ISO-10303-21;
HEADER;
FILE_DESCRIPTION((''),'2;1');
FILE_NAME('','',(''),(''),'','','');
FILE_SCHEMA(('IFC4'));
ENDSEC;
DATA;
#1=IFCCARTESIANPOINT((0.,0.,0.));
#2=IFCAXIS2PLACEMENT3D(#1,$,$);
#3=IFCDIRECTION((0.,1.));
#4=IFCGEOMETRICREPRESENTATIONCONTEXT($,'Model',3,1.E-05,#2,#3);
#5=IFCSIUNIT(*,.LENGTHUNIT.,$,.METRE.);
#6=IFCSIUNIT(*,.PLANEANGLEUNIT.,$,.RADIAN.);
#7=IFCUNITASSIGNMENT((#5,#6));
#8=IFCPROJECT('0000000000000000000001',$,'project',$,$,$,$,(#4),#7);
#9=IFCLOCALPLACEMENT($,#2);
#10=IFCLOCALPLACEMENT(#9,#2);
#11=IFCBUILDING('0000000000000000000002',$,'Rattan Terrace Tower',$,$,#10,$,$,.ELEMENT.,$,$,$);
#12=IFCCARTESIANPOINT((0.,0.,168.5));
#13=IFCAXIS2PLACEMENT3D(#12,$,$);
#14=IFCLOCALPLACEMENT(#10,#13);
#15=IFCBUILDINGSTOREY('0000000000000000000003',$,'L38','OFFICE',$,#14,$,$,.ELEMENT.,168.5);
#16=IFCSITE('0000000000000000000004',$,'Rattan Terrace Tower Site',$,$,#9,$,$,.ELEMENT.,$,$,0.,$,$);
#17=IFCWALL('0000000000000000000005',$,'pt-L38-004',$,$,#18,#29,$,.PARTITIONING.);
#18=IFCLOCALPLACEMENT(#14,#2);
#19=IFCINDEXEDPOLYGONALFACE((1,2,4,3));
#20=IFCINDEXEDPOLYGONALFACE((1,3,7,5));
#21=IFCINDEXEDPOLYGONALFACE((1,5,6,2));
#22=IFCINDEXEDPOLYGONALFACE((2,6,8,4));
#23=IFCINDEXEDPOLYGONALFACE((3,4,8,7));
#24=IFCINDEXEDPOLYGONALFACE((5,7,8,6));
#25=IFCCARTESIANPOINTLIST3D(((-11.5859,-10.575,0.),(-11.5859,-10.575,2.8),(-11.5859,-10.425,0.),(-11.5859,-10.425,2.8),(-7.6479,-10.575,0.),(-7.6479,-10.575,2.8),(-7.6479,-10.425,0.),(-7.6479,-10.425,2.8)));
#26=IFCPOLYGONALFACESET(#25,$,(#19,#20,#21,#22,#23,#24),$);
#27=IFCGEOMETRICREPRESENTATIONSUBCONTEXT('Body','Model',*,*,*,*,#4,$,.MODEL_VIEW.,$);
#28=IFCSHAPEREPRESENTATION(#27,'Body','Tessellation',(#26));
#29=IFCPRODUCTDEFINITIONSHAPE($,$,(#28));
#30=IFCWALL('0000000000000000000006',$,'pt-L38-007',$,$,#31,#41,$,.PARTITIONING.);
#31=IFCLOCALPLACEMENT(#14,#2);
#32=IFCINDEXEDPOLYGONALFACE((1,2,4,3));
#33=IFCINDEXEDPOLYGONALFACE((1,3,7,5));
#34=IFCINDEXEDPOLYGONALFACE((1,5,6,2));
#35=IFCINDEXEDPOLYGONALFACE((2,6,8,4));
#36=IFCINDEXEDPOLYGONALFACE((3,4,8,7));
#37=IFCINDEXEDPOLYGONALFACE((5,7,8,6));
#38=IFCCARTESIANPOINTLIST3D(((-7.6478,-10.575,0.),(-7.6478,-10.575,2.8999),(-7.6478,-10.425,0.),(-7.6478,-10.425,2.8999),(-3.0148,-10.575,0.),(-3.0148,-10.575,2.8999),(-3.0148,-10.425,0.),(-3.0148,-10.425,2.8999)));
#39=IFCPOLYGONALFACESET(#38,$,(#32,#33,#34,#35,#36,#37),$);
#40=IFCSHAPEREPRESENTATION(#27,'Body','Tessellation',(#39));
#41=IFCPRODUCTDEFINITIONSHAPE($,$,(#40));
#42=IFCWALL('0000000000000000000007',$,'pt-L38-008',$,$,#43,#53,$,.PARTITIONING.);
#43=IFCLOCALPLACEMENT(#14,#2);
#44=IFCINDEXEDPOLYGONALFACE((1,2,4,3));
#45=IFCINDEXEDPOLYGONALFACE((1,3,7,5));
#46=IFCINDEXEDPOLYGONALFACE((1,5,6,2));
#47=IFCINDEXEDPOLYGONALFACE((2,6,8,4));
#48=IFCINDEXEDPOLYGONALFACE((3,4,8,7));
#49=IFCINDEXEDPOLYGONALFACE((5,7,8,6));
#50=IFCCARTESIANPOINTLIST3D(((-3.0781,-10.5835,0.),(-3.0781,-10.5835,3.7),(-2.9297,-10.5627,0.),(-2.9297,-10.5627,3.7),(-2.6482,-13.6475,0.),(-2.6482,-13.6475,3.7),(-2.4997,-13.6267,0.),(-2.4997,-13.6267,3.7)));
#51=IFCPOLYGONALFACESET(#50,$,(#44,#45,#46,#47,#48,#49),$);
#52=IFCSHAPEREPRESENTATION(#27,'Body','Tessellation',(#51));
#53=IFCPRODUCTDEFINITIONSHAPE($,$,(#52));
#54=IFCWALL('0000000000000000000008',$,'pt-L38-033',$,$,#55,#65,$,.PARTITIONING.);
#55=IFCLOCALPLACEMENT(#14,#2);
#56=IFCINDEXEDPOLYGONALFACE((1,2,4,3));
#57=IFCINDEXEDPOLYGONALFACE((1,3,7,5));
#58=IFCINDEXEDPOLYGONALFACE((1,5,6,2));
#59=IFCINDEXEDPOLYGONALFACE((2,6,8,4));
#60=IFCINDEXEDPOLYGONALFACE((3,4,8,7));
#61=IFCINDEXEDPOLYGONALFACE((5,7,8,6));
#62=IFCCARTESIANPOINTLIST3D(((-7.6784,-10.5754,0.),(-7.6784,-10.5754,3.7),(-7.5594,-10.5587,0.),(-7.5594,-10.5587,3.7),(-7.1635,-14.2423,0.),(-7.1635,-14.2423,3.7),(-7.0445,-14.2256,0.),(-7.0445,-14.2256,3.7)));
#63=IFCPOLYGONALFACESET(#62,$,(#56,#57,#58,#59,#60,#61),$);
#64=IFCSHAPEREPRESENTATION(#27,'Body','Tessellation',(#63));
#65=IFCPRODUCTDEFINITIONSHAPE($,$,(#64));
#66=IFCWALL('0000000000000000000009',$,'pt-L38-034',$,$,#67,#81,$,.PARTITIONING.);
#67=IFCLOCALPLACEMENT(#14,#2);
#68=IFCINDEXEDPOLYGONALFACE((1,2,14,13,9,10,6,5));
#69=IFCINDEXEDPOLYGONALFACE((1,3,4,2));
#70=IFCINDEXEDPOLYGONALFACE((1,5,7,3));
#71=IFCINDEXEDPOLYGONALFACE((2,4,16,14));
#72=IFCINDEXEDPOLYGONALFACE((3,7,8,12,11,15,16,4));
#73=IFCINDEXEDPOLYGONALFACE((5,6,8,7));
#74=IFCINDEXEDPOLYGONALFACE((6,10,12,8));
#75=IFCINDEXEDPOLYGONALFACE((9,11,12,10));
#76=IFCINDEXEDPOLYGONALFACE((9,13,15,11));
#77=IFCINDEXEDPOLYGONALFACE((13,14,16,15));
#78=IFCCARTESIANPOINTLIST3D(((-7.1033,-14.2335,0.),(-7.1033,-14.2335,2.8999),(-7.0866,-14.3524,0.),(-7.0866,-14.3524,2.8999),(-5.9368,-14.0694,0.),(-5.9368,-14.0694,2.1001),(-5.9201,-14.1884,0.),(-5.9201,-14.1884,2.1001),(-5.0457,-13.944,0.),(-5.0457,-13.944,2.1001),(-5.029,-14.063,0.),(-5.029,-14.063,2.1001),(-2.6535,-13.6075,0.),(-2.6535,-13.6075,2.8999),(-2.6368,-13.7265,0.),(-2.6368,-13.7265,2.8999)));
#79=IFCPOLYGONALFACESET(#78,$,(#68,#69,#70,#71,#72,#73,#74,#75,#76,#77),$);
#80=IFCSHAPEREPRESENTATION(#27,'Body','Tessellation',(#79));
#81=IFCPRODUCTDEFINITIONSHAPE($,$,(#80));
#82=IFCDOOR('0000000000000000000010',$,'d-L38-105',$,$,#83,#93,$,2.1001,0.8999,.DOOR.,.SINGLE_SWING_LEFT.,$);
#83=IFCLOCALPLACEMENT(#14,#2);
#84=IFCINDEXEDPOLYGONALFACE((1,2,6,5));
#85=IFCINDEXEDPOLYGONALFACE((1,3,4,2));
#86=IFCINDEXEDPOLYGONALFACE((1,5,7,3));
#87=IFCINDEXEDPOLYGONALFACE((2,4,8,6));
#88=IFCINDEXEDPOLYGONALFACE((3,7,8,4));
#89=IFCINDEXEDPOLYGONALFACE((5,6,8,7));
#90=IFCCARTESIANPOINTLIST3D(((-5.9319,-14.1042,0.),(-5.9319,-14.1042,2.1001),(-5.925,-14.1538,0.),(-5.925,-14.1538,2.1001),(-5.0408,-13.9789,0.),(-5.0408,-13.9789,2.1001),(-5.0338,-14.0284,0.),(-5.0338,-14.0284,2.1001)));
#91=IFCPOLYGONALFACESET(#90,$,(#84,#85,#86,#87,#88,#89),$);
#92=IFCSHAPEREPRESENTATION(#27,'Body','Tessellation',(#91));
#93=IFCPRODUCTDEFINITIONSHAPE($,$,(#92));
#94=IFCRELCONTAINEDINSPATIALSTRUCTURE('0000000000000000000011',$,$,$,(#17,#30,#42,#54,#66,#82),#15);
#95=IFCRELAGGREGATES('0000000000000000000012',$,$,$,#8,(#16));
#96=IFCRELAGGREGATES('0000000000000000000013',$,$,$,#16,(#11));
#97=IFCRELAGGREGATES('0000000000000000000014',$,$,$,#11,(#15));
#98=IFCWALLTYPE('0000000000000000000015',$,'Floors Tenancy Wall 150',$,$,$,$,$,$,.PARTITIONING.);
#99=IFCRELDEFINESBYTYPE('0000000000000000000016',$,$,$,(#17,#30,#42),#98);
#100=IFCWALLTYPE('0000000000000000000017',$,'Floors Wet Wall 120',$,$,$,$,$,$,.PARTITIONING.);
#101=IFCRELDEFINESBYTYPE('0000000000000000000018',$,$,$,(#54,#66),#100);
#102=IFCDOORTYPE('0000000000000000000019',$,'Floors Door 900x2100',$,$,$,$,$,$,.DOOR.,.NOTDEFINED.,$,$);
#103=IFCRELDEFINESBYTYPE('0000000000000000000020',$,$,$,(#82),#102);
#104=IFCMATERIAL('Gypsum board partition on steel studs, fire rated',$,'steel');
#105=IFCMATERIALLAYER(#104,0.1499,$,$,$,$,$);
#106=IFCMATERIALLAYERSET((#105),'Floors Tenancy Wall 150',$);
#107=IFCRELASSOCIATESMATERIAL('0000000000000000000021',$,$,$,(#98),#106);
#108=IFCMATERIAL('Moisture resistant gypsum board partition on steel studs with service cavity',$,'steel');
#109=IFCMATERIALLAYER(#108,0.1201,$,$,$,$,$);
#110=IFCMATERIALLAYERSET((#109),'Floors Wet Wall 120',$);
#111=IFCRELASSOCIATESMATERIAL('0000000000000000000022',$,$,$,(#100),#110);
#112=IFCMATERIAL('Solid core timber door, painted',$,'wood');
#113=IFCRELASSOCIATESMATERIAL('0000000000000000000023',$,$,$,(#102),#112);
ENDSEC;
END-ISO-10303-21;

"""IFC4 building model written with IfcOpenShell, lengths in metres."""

from ifc_helpers import new_model, si_unit, direction, frame, frame_2d, origin, place, context, subcontext, project, spatial, rectangle, extrude, material, layer, layer_set, type_object, element, fill, save


model = new_model("IFC4")

# Units and contexts
model_context = context("Model", 3, precision=1e-05, world=origin(), true_north=direction((0.0, 1.0)))
body_context = subcontext(model_context, "Body", "Model", "MODEL_VIEW")
ifc_project = project(units=[si_unit("LENGTHUNIT", "METRE"), si_unit("PLANEANGLEUNIT", "RADIAN")], contexts=[model_context])

# Site, building, storey
site_placement = place(None, origin())
site = spatial("IfcSite", under=ifc_project, at=site_placement, Name="Rattan Terrace Tower Site", CompositionType="ELEMENT", RefElevation=0.0)
building_placement = place(site_placement, origin())
building = spatial("IfcBuilding", under=site, at=building_placement, Name="Rattan Terrace Tower", CompositionType="ELEMENT")
storey_placement = place(building_placement, frame((0.0, 0.0, 168.5)))
storey = spatial("IfcBuildingStorey", under=building, at=storey_placement, Name="L38", Description="OFFICE", CompositionType="ELEMENT", Elevation=168.5)

# Walls
ifc_material_1 = material(Name="Gypsum board partition on steel studs, fire rated", Category="steel")
ifc_layer_1 = layer(ifc_material_1, 0.1499)
ifc_layer_set_1 = layer_set([ifc_layer_1], Name="Floors Tenancy Wall 150")
wall_type_1 = type_object("IfcWallType", Name="Floors Tenancy Wall 150", PredefinedType="PARTITIONING", material=ifc_layer_set_1)
wall_1_placement = place(storey_placement, frame((-7.6479, -10.5, 0.0), z_axis=(0.0, 0.0, 1.0), x_axis=(-1.0, 0.0, 0.0)))
element("IfcWall", 1, at=wall_1_placement, inside=storey, type_object=wall_type_1, Name="pt-L38-004", PredefinedType="PARTITIONING", context=body_context, shape_type="SweptSolid", body=[
    extrude(rectangle(XDim=3.938, YDim=0.1499, at=frame_2d((1.969, 0.0))), origin(), (0.0, 0.0, 1.0), 2.8),
])
wall_2_placement = place(storey_placement, frame((-3.0149, -10.5, 0.0), z_axis=(0.0, 0.0, 1.0), x_axis=(-1.0, 0.0, 0.0)))
element("IfcWall", 2, at=wall_2_placement, inside=storey, type_object=wall_type_1, Name="pt-L38-007", PredefinedType="PARTITIONING", context=body_context, shape_type="SweptSolid", body=[
    extrude(rectangle(XDim=4.6331, YDim=0.1499, at=frame_2d((2.3164, 0.0))), origin(), (0.0, 0.0, 1.0), 2.8999),
])
wall_3_placement = place(storey_placement, frame((-2.574, -13.637, 0.0), z_axis=(0.0, 0.0, 1.0), x_axis=(-0.138957, 0.990298, 0.0)))
element("IfcWall", 3, at=wall_3_placement, inside=storey, type_object=wall_type_1, Name="pt-L38-008", PredefinedType="PARTITIONING", context=body_context, shape_type="SweptSolid", body=[
    extrude(rectangle(XDim=3.094, YDim=0.1499, at=frame_2d((1.5469, 0.0))), origin(), (0.0, 0.0, 1.0), 3.7),
])
ifc_material_2 = material(Name="Moisture resistant gypsum board partition on steel studs with service cavity", Category="steel")
ifc_layer_2 = layer(ifc_material_2, 0.1201)
ifc_layer_set_2 = layer_set([ifc_layer_2], Name="Floors Wet Wall 120")
wall_type_2 = type_object("IfcWallType", Name="Floors Wet Wall 120", PredefinedType="PARTITIONING", material=ifc_layer_set_2)
wall_4_placement = place(storey_placement, frame((-7.6189, -10.5669, 0.0), z_axis=(0.0, 0.0, 1.0), x_axis=(0.139049, -0.990286, 0.0)))
element("IfcWall", 4, at=wall_4_placement, inside=storey, type_object=wall_type_2, Name="pt-L38-033", PredefinedType="PARTITIONING", context=body_context, shape_type="SweptSolid", body=[
    extrude(rectangle(XDim=3.7029, YDim=0.1201, at=frame_2d((1.8516, 0.0))), origin(), (0.0, 0.0, 1.0), 3.7),
])

# Wall, opening, door
wall_5_placement = place(storey_placement, frame((-7.095, -14.293, 0.0), z_axis=(0.0, 0.0, 1.0), x_axis=(0.99025, 0.139299, 0.0)))
wall_5 = element("IfcWall", 5, at=wall_5_placement, inside=storey, type_object=wall_type_2, Name="pt-L38-034", PredefinedType="PARTITIONING", context=body_context, shape_type="SweptSolid", body=[
    extrude(rectangle(XDim=4.4937, YDim=0.1201, at=frame_2d((2.2468, 0.0))), origin(), (0.0, 0.0, 1.0), 2.8999),
])
opening_1_placement = place(wall_5_placement, frame((1.178, 0.0, 0.0)))
opening_1 = element("IfcOpeningElement", 6, at=opening_1_placement, cuts=wall_5, PredefinedType="OPENING", context=body_context, shape_type="SweptSolid", body=[
    extrude(rectangle(XDim=0.8999, YDim=2.1001, at=frame_2d((0.45, 1.05))), frame((0.0, 0.0706, 0.0), z_axis=(0.0, -1.0, 0.0), x_axis=(1.0, 0.0, 0.0)), (0.0, 0.0, 1.0), 0.1411),
])
ifc_material_3 = material(Name="Solid core timber door, painted", Category="wood")
door_type_1 = type_object("IfcDoorType", Name="Floors Door 900x2100", OperationType="NOTDEFINED", PredefinedType="DOOR", material=ifc_material_3)
door_1_placement = place(opening_1_placement, origin())
door_1 = element("IfcDoor", 7, at=door_1_placement, inside=storey, type_object=door_type_1, Name="d-L38-105", OperationType="SINGLE_SWING_LEFT", OverallHeight=2.1001, OverallWidth=0.8999, PredefinedType="DOOR", context=body_context, shape_type="SweptSolid", body=[
    extrude(rectangle(XDim=0.8999, YDim=2.1001, at=frame_2d((0.45, 1.05))), frame((0.0, 0.0249, 0.0), z_axis=(0.0, -1.0, 0.0), x_axis=(1.0, 0.0, 0.0)), (0.0, 0.0, 1.0), 0.05),
])
fill(opening_1, door_1)

save(model, "model.ifc")
